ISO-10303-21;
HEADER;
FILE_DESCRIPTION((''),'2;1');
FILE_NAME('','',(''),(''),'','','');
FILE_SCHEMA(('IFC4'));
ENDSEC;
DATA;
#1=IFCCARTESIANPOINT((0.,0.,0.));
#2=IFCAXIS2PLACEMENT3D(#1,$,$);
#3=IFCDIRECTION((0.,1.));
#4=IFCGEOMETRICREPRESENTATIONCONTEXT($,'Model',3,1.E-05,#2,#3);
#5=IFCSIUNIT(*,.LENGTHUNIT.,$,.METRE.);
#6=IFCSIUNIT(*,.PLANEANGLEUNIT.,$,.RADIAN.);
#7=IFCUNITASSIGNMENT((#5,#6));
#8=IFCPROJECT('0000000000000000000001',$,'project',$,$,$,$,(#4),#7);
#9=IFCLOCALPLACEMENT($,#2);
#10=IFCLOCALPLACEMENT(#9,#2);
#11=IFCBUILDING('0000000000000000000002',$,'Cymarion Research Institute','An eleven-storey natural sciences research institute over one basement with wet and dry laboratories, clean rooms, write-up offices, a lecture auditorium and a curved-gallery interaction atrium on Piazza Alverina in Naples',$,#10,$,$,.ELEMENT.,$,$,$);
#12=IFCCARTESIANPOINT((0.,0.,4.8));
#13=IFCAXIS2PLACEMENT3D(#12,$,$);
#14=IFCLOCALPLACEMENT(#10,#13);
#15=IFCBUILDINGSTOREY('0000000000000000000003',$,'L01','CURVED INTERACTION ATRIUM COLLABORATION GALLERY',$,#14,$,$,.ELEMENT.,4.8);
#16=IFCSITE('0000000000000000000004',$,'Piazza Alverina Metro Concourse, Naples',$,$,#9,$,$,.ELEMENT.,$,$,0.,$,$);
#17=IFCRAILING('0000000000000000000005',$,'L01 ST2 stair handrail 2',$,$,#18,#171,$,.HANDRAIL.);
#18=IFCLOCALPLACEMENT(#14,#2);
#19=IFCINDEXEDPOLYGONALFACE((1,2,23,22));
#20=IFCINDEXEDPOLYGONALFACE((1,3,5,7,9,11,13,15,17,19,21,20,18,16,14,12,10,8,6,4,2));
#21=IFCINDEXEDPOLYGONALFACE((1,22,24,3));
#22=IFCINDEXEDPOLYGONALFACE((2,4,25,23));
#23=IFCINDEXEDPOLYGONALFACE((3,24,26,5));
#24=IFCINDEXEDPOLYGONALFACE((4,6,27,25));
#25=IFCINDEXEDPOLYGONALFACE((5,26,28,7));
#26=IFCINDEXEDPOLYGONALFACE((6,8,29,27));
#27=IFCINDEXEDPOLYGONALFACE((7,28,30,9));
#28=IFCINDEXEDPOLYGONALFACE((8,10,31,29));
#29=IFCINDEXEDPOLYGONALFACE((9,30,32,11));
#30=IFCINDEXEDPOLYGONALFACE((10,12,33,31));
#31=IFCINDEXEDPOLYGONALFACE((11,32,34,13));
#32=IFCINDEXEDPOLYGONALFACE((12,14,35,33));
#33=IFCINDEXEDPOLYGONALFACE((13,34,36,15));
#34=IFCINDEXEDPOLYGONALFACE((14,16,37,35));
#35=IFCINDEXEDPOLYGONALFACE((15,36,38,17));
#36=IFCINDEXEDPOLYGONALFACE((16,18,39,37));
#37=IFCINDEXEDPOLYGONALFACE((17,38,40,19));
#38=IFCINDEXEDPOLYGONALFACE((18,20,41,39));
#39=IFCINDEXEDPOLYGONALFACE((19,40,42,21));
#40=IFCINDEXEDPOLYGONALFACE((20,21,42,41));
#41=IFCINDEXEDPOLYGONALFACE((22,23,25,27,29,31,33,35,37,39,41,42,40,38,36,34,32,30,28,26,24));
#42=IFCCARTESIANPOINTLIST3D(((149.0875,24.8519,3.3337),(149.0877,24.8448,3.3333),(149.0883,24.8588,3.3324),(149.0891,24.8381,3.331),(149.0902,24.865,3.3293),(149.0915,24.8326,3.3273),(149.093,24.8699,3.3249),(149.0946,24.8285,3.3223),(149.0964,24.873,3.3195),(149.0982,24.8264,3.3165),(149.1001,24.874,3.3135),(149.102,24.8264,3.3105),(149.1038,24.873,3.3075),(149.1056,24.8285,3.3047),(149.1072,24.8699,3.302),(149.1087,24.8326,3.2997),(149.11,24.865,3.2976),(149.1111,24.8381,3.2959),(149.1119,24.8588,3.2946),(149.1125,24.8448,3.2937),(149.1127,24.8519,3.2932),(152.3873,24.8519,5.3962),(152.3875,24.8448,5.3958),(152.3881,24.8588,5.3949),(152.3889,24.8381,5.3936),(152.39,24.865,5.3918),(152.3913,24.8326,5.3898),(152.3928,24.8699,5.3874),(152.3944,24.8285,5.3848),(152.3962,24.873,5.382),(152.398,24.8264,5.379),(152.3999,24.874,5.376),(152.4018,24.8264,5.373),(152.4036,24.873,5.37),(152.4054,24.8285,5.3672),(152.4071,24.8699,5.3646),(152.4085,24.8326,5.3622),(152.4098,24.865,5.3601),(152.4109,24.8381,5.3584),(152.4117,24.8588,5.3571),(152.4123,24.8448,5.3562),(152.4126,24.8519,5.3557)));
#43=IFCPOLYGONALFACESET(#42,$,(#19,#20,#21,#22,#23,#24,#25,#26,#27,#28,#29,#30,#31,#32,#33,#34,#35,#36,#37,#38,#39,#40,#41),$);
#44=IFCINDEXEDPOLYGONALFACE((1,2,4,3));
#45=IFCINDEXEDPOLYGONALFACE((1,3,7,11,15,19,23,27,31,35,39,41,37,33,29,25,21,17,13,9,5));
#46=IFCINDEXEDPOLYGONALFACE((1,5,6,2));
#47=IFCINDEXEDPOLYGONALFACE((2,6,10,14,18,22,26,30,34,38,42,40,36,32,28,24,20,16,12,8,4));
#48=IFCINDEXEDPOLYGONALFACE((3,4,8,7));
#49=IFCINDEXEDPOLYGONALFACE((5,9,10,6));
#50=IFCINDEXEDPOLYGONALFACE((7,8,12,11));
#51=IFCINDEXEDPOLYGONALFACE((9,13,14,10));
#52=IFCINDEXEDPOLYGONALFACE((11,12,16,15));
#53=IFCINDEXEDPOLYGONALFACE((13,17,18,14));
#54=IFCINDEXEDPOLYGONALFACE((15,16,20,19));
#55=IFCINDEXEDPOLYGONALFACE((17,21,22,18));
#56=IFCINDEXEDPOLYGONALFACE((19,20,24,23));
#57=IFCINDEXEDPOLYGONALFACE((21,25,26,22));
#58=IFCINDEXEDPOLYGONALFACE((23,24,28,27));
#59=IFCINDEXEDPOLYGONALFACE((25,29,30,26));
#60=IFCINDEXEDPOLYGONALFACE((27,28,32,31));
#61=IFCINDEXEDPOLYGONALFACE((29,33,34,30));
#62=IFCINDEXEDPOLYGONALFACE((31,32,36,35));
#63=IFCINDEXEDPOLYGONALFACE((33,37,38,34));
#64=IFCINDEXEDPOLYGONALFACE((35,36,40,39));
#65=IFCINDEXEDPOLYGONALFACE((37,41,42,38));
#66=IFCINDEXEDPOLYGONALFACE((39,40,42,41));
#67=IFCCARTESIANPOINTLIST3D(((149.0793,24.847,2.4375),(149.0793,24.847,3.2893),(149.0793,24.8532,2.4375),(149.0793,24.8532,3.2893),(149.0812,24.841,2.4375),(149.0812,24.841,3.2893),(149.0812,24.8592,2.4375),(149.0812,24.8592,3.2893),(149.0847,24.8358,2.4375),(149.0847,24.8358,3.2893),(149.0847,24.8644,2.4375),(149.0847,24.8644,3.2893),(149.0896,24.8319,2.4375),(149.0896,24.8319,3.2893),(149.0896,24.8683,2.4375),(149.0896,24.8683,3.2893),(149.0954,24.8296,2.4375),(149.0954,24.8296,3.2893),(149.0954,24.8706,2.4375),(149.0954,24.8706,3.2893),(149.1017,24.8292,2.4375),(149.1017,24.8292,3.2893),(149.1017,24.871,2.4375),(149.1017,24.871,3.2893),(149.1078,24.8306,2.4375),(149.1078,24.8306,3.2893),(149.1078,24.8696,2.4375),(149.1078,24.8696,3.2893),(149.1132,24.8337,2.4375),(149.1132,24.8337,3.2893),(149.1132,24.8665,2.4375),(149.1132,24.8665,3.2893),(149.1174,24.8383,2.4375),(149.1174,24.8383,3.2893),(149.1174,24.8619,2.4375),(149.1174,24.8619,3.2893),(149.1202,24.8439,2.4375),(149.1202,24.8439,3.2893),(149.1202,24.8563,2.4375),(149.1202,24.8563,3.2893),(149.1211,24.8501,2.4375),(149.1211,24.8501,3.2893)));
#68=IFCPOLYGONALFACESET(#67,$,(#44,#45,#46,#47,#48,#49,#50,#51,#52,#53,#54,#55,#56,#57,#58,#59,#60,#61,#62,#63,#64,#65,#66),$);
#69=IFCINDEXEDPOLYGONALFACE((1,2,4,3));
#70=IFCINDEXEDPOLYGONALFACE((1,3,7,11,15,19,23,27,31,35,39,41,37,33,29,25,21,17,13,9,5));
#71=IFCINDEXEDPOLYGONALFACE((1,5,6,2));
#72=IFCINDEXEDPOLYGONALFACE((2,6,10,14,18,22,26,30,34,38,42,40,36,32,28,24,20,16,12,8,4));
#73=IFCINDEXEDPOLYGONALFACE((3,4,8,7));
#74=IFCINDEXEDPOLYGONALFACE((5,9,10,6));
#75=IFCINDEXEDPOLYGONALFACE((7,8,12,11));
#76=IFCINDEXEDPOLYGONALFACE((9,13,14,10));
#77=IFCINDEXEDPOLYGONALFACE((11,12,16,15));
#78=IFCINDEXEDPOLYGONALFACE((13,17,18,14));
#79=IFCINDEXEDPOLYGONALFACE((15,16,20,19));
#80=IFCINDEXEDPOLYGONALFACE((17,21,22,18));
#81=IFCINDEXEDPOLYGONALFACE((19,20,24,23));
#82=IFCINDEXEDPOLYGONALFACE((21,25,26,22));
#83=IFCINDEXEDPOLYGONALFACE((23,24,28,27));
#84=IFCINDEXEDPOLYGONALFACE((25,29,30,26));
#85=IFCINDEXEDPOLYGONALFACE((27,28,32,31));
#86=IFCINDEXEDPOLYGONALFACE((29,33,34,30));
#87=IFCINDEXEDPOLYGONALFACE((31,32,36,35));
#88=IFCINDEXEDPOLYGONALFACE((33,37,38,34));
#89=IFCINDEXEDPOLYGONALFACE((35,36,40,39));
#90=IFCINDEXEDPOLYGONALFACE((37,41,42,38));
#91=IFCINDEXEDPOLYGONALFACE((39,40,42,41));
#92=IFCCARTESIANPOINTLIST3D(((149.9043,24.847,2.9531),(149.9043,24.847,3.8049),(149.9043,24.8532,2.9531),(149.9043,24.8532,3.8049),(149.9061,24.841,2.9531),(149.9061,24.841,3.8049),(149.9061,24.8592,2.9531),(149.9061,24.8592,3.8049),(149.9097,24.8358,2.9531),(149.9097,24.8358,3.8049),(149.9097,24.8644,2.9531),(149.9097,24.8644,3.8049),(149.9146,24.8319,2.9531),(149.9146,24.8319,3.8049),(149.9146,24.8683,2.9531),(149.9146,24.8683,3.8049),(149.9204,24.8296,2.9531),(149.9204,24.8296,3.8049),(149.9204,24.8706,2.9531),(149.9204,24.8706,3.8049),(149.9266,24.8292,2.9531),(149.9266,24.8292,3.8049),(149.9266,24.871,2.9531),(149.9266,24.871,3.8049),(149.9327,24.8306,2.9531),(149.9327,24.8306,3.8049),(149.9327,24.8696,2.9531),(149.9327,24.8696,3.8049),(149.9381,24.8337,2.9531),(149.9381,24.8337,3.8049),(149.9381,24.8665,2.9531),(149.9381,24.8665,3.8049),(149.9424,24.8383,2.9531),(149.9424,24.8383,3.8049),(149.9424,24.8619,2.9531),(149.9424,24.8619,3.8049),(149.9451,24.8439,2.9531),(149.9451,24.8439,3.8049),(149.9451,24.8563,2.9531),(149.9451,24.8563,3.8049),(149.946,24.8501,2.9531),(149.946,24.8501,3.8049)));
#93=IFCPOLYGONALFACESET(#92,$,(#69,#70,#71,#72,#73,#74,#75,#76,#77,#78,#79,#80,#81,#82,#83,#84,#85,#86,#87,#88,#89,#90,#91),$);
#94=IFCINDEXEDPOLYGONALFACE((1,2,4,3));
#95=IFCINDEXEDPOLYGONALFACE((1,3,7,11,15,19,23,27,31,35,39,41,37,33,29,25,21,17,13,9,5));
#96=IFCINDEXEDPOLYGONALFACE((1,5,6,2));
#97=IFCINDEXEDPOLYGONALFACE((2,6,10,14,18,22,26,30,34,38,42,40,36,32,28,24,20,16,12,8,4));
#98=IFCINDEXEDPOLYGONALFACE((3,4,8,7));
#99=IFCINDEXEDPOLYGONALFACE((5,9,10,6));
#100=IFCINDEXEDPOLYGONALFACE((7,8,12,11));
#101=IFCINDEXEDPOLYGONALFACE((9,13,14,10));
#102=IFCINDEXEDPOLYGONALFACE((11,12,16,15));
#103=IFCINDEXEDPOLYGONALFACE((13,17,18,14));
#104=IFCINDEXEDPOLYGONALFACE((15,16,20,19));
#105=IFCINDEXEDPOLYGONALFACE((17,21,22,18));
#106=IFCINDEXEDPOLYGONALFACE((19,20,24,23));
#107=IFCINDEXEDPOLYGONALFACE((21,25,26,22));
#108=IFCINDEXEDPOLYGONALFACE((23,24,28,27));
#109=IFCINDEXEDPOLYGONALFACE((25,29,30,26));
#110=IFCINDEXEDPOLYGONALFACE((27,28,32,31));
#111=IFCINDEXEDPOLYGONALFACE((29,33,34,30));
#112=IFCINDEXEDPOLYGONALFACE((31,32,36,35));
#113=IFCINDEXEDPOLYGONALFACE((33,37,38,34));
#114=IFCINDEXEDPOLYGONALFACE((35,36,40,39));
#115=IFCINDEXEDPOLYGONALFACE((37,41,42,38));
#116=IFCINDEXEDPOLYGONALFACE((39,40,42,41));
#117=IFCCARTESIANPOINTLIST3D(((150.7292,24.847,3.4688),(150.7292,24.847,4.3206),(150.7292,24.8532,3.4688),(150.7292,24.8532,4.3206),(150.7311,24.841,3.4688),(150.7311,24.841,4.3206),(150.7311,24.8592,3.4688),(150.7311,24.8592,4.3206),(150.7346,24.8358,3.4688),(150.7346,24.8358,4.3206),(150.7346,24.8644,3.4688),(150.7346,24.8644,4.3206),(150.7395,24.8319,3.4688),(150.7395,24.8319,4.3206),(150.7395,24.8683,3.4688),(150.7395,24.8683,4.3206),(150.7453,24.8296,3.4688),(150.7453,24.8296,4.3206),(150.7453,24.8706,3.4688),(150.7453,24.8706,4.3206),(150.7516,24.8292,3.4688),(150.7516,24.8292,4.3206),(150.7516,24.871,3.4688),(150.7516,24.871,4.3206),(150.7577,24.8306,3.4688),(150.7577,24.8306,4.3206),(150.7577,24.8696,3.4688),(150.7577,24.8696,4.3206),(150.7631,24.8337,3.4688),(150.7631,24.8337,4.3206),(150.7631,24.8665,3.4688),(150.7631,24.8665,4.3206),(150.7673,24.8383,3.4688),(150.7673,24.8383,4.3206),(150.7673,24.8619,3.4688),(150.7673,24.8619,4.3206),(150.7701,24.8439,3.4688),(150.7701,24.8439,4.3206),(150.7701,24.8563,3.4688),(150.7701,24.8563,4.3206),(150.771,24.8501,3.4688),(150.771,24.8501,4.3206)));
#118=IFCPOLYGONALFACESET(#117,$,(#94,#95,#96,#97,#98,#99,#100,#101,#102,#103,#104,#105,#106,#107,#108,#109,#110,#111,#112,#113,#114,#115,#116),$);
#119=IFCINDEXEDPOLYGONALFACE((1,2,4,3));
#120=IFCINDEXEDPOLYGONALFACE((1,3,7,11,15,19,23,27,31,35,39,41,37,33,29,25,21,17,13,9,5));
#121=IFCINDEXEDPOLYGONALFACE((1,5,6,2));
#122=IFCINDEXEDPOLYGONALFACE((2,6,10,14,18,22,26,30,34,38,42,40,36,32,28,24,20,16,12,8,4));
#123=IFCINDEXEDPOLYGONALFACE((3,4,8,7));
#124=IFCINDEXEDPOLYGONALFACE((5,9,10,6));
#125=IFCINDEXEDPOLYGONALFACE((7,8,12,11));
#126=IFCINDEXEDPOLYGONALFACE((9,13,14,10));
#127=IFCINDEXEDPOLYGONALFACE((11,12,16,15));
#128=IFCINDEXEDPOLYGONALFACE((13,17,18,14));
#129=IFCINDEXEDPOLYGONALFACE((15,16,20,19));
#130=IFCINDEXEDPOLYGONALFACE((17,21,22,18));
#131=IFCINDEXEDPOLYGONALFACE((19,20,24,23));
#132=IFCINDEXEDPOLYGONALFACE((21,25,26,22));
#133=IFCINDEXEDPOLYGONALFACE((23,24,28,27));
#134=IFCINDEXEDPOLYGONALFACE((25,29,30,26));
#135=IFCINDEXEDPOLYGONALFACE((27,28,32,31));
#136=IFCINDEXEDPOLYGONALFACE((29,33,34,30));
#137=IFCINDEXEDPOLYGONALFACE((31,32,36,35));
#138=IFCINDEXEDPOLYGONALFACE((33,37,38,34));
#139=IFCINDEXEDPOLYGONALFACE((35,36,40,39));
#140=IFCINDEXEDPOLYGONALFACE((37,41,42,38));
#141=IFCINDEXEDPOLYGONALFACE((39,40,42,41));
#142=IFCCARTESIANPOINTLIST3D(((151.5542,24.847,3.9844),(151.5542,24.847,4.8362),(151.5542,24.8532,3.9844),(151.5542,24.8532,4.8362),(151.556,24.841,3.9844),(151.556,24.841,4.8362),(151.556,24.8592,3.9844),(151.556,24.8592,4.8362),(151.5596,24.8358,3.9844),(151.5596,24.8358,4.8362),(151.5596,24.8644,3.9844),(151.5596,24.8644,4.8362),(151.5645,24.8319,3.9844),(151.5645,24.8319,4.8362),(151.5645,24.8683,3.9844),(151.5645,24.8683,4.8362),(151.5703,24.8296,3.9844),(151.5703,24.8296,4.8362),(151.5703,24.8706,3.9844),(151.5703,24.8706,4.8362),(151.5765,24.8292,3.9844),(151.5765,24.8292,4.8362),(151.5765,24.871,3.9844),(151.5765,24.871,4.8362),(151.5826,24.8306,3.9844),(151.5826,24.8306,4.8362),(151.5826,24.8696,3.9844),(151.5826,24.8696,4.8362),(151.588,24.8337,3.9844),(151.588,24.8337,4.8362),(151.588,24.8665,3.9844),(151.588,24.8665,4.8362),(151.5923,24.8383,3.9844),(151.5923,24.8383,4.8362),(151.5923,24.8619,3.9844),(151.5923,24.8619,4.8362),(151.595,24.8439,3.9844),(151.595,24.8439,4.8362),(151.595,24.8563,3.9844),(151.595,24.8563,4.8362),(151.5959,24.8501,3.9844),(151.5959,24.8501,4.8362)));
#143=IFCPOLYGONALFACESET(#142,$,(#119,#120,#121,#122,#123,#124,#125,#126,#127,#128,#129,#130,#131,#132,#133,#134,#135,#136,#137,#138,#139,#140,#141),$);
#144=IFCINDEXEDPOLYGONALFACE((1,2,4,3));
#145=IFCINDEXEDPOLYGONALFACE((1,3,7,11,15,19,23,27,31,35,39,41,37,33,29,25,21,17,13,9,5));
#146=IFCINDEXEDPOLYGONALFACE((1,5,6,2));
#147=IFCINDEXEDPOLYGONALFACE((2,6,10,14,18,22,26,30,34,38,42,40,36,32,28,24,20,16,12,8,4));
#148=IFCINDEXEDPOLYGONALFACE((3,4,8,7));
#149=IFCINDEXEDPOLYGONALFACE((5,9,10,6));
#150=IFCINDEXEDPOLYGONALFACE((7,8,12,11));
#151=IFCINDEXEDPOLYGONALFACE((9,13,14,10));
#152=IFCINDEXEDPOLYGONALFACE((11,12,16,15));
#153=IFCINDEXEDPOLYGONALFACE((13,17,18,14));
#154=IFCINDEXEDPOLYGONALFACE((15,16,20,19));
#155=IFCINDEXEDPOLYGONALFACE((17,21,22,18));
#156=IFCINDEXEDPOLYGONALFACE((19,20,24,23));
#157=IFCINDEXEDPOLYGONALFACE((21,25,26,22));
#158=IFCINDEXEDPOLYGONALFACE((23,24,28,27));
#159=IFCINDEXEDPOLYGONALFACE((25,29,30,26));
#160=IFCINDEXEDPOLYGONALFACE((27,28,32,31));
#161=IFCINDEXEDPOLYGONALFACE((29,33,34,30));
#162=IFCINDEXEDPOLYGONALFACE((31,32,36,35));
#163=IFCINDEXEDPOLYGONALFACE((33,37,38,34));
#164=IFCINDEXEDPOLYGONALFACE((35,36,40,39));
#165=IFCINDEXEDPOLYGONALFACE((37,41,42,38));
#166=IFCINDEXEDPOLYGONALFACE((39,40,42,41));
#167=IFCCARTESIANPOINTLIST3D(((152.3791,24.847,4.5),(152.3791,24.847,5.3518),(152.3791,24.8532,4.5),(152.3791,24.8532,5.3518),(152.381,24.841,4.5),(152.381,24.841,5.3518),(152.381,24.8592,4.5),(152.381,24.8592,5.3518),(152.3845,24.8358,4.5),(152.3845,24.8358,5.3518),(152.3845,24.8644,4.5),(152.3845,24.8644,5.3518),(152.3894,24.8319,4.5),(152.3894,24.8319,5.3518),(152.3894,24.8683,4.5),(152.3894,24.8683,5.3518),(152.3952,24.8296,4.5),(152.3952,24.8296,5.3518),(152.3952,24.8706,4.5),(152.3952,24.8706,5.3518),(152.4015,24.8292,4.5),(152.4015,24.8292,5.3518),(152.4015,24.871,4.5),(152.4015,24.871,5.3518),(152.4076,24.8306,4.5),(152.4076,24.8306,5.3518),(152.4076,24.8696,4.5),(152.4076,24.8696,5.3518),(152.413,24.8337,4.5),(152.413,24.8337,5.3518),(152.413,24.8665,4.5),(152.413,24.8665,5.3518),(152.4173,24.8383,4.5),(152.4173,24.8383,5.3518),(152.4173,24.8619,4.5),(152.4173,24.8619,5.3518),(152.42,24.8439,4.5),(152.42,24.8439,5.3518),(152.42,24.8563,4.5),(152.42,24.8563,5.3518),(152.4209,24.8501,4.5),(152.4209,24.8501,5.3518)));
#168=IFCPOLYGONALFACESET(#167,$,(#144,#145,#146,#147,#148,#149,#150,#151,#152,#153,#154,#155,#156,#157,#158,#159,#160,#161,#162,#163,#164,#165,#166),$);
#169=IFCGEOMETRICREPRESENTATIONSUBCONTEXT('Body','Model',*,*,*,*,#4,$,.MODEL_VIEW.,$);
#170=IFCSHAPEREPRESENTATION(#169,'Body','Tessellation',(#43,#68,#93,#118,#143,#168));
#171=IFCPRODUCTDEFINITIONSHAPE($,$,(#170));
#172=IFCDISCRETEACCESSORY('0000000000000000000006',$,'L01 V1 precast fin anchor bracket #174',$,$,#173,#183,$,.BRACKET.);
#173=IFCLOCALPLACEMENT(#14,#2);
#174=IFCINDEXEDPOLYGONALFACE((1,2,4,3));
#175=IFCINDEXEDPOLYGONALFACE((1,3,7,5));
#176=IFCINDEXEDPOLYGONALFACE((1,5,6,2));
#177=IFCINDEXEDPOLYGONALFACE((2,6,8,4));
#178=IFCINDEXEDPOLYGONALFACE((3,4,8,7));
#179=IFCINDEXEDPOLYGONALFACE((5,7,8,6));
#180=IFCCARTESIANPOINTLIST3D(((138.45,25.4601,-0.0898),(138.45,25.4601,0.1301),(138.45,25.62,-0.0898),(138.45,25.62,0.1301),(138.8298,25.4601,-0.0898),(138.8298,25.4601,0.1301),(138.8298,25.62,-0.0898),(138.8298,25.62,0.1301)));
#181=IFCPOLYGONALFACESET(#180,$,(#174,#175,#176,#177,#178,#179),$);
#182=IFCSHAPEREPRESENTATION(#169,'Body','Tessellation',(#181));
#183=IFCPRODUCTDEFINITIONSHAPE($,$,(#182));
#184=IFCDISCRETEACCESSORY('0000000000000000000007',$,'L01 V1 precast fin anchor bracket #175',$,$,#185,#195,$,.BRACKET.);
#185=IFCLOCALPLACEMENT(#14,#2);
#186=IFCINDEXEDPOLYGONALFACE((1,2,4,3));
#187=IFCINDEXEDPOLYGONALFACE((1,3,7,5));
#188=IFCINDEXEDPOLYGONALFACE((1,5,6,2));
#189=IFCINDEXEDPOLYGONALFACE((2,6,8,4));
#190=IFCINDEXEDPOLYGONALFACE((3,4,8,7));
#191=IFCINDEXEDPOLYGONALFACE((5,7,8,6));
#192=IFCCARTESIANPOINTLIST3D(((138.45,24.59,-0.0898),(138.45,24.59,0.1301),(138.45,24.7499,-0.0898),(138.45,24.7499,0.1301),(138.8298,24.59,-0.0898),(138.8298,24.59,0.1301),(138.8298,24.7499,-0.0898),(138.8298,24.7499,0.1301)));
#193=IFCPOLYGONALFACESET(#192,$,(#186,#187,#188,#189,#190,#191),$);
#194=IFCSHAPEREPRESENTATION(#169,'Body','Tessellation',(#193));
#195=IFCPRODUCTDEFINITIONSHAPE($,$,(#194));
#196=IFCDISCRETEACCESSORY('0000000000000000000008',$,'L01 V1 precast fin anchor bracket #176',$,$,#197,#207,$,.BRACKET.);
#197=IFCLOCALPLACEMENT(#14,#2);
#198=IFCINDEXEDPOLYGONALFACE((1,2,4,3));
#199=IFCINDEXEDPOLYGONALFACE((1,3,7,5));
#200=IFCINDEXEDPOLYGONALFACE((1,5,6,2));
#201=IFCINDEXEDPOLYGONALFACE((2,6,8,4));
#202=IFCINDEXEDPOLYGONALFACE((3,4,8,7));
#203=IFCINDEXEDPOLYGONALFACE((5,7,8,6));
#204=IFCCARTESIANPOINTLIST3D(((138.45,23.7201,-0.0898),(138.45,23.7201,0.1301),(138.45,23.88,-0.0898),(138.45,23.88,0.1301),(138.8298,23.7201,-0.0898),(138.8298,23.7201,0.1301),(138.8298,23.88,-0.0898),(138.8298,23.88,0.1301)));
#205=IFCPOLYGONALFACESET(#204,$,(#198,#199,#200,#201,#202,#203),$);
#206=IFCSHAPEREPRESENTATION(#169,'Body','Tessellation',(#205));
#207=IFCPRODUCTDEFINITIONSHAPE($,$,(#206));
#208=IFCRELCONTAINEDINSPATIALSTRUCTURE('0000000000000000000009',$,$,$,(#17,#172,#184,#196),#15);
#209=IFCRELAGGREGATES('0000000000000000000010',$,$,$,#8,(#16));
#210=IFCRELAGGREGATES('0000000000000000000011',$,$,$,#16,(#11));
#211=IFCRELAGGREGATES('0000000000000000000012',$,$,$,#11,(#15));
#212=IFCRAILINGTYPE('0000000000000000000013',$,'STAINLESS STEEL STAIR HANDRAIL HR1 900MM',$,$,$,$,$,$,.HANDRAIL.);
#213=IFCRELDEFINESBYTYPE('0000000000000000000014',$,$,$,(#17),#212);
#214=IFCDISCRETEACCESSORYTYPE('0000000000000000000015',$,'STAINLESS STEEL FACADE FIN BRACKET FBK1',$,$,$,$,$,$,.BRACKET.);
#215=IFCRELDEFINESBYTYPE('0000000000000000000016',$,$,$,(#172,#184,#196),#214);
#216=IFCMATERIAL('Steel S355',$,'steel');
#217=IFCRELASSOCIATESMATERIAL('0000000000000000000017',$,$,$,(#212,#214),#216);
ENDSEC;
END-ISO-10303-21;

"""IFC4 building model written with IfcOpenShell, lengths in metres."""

from ifc_helpers import new_model, si_unit, direction, frame, origin, origin_2d, place, context, subcontext, project, spatial, rectangle, circle, extrude, material, type_object, element, save


model = new_model("IFC4")

# Units and contexts
model_context = context("Model", 3, precision=1e-05, world=origin(), true_north=direction((0.0, 1.0)))
body_context = subcontext(model_context, "Body", "Model", "MODEL_VIEW")
ifc_project = project(units=[si_unit("LENGTHUNIT", "METRE"), si_unit("PLANEANGLEUNIT", "RADIAN")], contexts=[model_context])

# Site, building, storey
site_placement = place(None, origin())
site = spatial("IfcSite", under=ifc_project, at=site_placement, Name="Piazza Alverina Metro Concourse, Naples", CompositionType="ELEMENT", RefElevation=0.0)
building_placement = place(site_placement, origin())
building = spatial("IfcBuilding", under=site, at=building_placement, Name="Cymarion Research Institute", Description="An eleven-storey natural sciences research institute over one basement with wet and dry laboratories, clean rooms, write-up offices, a lecture auditorium and a curved-gallery interaction atrium on Piazza Alverina in Naples", CompositionType="ELEMENT")
storey_placement = place(building_placement, frame((0.0, 0.0, 4.8)))
storey = spatial("IfcBuildingStorey", under=building, at=storey_placement, Name="L01", Description="CURVED INTERACTION ATRIUM COLLABORATION GALLERY", CompositionType="ELEMENT", Elevation=4.8)

# Shared definitions
ifc_material_1 = material(Name="Steel S355", Category="steel")

# Railing
railing_type_1 = type_object("IfcRailingType", Name="STAINLESS STEEL STAIR HANDRAIL HR1 900MM", PredefinedType="HANDRAIL", material=ifc_material_1)
railing_1_placement = place(storey_placement, frame((149.1001, 24.8501, 2.4375)))
element("IfcRailing", 1, at=railing_1_placement, inside=storey, type_object=railing_type_1, Name="L01 ST2 stair handrail 2", PredefinedType="HANDRAIL", context=body_context, shape_type="SweptSolid", body=[
    extrude(circle(Radius=0.0239, at=origin_2d()), frame((0.0, 0.0, 0.876), z_axis=(0.847984, 0.0, 0.530021), x_axis=(0.0, 1.0, 0.0)), (0.0, 0.0, 1.0), 3.8914),
    extrude(circle(Radius=0.021, at=origin_2d()), origin(), (0.0, 0.0, 1.0), 0.8518),
    extrude(circle(Radius=0.021, at=origin_2d()), frame((0.825, 0.0, 0.5156)), (0.0, 0.0, 1.0), 0.8518),
    extrude(circle(Radius=0.021, at=origin_2d()), frame((1.6499, 0.0, 1.0312)), (0.0, 0.0, 1.0), 0.8518),
    extrude(circle(Radius=0.021, at=origin_2d()), frame((2.4749, 0.0, 1.5469)), (0.0, 0.0, 1.0), 0.8518),
    extrude(circle(Radius=0.021, at=origin_2d()), frame((3.2998, 0.0, 2.0625)), (0.0, 0.0, 1.0), 0.8518),
])

# Discrete accessories
discrete_accessory_type = type_object("IfcDiscreteAccessoryType", Name="STAINLESS STEEL FACADE FIN BRACKET FBK1", PredefinedType="BRACKET", material=ifc_material_1)
for number, where, z_axis, x_axis, name in (
    (2, (138.6399, 25.54, -0.0898), (0.0, 0.0, 1.0), (-1.0, 0.0, 0.0), "L01 V1 precast fin anchor bracket #174"),
    (3, (138.6399, 24.6699, -0.0898), (0.0, 0.0, 1.0), (-1.0, 0.0, 0.0), "L01 V1 precast fin anchor bracket #175"),
    (4, (138.6399, 23.8, -0.0898), (0.0, 0.0, 1.0), (-1.0, 0.0, 0.0), "L01 V1 precast fin anchor bracket #176"),
):
    element("IfcDiscreteAccessory", number, at=place(storey_placement, frame(where, z_axis=z_axis, x_axis=x_axis)), inside=storey, type_object=discrete_accessory_type, Name=name, PredefinedType="BRACKET", context=body_context, shape_type="SweptSolid", body=[
        extrude(rectangle(XDim=0.3799, YDim=0.1599, at=origin_2d()), origin(), (0.0, 0.0, 1.0), 0.22),
    ])

save(model, "model.ifc")
